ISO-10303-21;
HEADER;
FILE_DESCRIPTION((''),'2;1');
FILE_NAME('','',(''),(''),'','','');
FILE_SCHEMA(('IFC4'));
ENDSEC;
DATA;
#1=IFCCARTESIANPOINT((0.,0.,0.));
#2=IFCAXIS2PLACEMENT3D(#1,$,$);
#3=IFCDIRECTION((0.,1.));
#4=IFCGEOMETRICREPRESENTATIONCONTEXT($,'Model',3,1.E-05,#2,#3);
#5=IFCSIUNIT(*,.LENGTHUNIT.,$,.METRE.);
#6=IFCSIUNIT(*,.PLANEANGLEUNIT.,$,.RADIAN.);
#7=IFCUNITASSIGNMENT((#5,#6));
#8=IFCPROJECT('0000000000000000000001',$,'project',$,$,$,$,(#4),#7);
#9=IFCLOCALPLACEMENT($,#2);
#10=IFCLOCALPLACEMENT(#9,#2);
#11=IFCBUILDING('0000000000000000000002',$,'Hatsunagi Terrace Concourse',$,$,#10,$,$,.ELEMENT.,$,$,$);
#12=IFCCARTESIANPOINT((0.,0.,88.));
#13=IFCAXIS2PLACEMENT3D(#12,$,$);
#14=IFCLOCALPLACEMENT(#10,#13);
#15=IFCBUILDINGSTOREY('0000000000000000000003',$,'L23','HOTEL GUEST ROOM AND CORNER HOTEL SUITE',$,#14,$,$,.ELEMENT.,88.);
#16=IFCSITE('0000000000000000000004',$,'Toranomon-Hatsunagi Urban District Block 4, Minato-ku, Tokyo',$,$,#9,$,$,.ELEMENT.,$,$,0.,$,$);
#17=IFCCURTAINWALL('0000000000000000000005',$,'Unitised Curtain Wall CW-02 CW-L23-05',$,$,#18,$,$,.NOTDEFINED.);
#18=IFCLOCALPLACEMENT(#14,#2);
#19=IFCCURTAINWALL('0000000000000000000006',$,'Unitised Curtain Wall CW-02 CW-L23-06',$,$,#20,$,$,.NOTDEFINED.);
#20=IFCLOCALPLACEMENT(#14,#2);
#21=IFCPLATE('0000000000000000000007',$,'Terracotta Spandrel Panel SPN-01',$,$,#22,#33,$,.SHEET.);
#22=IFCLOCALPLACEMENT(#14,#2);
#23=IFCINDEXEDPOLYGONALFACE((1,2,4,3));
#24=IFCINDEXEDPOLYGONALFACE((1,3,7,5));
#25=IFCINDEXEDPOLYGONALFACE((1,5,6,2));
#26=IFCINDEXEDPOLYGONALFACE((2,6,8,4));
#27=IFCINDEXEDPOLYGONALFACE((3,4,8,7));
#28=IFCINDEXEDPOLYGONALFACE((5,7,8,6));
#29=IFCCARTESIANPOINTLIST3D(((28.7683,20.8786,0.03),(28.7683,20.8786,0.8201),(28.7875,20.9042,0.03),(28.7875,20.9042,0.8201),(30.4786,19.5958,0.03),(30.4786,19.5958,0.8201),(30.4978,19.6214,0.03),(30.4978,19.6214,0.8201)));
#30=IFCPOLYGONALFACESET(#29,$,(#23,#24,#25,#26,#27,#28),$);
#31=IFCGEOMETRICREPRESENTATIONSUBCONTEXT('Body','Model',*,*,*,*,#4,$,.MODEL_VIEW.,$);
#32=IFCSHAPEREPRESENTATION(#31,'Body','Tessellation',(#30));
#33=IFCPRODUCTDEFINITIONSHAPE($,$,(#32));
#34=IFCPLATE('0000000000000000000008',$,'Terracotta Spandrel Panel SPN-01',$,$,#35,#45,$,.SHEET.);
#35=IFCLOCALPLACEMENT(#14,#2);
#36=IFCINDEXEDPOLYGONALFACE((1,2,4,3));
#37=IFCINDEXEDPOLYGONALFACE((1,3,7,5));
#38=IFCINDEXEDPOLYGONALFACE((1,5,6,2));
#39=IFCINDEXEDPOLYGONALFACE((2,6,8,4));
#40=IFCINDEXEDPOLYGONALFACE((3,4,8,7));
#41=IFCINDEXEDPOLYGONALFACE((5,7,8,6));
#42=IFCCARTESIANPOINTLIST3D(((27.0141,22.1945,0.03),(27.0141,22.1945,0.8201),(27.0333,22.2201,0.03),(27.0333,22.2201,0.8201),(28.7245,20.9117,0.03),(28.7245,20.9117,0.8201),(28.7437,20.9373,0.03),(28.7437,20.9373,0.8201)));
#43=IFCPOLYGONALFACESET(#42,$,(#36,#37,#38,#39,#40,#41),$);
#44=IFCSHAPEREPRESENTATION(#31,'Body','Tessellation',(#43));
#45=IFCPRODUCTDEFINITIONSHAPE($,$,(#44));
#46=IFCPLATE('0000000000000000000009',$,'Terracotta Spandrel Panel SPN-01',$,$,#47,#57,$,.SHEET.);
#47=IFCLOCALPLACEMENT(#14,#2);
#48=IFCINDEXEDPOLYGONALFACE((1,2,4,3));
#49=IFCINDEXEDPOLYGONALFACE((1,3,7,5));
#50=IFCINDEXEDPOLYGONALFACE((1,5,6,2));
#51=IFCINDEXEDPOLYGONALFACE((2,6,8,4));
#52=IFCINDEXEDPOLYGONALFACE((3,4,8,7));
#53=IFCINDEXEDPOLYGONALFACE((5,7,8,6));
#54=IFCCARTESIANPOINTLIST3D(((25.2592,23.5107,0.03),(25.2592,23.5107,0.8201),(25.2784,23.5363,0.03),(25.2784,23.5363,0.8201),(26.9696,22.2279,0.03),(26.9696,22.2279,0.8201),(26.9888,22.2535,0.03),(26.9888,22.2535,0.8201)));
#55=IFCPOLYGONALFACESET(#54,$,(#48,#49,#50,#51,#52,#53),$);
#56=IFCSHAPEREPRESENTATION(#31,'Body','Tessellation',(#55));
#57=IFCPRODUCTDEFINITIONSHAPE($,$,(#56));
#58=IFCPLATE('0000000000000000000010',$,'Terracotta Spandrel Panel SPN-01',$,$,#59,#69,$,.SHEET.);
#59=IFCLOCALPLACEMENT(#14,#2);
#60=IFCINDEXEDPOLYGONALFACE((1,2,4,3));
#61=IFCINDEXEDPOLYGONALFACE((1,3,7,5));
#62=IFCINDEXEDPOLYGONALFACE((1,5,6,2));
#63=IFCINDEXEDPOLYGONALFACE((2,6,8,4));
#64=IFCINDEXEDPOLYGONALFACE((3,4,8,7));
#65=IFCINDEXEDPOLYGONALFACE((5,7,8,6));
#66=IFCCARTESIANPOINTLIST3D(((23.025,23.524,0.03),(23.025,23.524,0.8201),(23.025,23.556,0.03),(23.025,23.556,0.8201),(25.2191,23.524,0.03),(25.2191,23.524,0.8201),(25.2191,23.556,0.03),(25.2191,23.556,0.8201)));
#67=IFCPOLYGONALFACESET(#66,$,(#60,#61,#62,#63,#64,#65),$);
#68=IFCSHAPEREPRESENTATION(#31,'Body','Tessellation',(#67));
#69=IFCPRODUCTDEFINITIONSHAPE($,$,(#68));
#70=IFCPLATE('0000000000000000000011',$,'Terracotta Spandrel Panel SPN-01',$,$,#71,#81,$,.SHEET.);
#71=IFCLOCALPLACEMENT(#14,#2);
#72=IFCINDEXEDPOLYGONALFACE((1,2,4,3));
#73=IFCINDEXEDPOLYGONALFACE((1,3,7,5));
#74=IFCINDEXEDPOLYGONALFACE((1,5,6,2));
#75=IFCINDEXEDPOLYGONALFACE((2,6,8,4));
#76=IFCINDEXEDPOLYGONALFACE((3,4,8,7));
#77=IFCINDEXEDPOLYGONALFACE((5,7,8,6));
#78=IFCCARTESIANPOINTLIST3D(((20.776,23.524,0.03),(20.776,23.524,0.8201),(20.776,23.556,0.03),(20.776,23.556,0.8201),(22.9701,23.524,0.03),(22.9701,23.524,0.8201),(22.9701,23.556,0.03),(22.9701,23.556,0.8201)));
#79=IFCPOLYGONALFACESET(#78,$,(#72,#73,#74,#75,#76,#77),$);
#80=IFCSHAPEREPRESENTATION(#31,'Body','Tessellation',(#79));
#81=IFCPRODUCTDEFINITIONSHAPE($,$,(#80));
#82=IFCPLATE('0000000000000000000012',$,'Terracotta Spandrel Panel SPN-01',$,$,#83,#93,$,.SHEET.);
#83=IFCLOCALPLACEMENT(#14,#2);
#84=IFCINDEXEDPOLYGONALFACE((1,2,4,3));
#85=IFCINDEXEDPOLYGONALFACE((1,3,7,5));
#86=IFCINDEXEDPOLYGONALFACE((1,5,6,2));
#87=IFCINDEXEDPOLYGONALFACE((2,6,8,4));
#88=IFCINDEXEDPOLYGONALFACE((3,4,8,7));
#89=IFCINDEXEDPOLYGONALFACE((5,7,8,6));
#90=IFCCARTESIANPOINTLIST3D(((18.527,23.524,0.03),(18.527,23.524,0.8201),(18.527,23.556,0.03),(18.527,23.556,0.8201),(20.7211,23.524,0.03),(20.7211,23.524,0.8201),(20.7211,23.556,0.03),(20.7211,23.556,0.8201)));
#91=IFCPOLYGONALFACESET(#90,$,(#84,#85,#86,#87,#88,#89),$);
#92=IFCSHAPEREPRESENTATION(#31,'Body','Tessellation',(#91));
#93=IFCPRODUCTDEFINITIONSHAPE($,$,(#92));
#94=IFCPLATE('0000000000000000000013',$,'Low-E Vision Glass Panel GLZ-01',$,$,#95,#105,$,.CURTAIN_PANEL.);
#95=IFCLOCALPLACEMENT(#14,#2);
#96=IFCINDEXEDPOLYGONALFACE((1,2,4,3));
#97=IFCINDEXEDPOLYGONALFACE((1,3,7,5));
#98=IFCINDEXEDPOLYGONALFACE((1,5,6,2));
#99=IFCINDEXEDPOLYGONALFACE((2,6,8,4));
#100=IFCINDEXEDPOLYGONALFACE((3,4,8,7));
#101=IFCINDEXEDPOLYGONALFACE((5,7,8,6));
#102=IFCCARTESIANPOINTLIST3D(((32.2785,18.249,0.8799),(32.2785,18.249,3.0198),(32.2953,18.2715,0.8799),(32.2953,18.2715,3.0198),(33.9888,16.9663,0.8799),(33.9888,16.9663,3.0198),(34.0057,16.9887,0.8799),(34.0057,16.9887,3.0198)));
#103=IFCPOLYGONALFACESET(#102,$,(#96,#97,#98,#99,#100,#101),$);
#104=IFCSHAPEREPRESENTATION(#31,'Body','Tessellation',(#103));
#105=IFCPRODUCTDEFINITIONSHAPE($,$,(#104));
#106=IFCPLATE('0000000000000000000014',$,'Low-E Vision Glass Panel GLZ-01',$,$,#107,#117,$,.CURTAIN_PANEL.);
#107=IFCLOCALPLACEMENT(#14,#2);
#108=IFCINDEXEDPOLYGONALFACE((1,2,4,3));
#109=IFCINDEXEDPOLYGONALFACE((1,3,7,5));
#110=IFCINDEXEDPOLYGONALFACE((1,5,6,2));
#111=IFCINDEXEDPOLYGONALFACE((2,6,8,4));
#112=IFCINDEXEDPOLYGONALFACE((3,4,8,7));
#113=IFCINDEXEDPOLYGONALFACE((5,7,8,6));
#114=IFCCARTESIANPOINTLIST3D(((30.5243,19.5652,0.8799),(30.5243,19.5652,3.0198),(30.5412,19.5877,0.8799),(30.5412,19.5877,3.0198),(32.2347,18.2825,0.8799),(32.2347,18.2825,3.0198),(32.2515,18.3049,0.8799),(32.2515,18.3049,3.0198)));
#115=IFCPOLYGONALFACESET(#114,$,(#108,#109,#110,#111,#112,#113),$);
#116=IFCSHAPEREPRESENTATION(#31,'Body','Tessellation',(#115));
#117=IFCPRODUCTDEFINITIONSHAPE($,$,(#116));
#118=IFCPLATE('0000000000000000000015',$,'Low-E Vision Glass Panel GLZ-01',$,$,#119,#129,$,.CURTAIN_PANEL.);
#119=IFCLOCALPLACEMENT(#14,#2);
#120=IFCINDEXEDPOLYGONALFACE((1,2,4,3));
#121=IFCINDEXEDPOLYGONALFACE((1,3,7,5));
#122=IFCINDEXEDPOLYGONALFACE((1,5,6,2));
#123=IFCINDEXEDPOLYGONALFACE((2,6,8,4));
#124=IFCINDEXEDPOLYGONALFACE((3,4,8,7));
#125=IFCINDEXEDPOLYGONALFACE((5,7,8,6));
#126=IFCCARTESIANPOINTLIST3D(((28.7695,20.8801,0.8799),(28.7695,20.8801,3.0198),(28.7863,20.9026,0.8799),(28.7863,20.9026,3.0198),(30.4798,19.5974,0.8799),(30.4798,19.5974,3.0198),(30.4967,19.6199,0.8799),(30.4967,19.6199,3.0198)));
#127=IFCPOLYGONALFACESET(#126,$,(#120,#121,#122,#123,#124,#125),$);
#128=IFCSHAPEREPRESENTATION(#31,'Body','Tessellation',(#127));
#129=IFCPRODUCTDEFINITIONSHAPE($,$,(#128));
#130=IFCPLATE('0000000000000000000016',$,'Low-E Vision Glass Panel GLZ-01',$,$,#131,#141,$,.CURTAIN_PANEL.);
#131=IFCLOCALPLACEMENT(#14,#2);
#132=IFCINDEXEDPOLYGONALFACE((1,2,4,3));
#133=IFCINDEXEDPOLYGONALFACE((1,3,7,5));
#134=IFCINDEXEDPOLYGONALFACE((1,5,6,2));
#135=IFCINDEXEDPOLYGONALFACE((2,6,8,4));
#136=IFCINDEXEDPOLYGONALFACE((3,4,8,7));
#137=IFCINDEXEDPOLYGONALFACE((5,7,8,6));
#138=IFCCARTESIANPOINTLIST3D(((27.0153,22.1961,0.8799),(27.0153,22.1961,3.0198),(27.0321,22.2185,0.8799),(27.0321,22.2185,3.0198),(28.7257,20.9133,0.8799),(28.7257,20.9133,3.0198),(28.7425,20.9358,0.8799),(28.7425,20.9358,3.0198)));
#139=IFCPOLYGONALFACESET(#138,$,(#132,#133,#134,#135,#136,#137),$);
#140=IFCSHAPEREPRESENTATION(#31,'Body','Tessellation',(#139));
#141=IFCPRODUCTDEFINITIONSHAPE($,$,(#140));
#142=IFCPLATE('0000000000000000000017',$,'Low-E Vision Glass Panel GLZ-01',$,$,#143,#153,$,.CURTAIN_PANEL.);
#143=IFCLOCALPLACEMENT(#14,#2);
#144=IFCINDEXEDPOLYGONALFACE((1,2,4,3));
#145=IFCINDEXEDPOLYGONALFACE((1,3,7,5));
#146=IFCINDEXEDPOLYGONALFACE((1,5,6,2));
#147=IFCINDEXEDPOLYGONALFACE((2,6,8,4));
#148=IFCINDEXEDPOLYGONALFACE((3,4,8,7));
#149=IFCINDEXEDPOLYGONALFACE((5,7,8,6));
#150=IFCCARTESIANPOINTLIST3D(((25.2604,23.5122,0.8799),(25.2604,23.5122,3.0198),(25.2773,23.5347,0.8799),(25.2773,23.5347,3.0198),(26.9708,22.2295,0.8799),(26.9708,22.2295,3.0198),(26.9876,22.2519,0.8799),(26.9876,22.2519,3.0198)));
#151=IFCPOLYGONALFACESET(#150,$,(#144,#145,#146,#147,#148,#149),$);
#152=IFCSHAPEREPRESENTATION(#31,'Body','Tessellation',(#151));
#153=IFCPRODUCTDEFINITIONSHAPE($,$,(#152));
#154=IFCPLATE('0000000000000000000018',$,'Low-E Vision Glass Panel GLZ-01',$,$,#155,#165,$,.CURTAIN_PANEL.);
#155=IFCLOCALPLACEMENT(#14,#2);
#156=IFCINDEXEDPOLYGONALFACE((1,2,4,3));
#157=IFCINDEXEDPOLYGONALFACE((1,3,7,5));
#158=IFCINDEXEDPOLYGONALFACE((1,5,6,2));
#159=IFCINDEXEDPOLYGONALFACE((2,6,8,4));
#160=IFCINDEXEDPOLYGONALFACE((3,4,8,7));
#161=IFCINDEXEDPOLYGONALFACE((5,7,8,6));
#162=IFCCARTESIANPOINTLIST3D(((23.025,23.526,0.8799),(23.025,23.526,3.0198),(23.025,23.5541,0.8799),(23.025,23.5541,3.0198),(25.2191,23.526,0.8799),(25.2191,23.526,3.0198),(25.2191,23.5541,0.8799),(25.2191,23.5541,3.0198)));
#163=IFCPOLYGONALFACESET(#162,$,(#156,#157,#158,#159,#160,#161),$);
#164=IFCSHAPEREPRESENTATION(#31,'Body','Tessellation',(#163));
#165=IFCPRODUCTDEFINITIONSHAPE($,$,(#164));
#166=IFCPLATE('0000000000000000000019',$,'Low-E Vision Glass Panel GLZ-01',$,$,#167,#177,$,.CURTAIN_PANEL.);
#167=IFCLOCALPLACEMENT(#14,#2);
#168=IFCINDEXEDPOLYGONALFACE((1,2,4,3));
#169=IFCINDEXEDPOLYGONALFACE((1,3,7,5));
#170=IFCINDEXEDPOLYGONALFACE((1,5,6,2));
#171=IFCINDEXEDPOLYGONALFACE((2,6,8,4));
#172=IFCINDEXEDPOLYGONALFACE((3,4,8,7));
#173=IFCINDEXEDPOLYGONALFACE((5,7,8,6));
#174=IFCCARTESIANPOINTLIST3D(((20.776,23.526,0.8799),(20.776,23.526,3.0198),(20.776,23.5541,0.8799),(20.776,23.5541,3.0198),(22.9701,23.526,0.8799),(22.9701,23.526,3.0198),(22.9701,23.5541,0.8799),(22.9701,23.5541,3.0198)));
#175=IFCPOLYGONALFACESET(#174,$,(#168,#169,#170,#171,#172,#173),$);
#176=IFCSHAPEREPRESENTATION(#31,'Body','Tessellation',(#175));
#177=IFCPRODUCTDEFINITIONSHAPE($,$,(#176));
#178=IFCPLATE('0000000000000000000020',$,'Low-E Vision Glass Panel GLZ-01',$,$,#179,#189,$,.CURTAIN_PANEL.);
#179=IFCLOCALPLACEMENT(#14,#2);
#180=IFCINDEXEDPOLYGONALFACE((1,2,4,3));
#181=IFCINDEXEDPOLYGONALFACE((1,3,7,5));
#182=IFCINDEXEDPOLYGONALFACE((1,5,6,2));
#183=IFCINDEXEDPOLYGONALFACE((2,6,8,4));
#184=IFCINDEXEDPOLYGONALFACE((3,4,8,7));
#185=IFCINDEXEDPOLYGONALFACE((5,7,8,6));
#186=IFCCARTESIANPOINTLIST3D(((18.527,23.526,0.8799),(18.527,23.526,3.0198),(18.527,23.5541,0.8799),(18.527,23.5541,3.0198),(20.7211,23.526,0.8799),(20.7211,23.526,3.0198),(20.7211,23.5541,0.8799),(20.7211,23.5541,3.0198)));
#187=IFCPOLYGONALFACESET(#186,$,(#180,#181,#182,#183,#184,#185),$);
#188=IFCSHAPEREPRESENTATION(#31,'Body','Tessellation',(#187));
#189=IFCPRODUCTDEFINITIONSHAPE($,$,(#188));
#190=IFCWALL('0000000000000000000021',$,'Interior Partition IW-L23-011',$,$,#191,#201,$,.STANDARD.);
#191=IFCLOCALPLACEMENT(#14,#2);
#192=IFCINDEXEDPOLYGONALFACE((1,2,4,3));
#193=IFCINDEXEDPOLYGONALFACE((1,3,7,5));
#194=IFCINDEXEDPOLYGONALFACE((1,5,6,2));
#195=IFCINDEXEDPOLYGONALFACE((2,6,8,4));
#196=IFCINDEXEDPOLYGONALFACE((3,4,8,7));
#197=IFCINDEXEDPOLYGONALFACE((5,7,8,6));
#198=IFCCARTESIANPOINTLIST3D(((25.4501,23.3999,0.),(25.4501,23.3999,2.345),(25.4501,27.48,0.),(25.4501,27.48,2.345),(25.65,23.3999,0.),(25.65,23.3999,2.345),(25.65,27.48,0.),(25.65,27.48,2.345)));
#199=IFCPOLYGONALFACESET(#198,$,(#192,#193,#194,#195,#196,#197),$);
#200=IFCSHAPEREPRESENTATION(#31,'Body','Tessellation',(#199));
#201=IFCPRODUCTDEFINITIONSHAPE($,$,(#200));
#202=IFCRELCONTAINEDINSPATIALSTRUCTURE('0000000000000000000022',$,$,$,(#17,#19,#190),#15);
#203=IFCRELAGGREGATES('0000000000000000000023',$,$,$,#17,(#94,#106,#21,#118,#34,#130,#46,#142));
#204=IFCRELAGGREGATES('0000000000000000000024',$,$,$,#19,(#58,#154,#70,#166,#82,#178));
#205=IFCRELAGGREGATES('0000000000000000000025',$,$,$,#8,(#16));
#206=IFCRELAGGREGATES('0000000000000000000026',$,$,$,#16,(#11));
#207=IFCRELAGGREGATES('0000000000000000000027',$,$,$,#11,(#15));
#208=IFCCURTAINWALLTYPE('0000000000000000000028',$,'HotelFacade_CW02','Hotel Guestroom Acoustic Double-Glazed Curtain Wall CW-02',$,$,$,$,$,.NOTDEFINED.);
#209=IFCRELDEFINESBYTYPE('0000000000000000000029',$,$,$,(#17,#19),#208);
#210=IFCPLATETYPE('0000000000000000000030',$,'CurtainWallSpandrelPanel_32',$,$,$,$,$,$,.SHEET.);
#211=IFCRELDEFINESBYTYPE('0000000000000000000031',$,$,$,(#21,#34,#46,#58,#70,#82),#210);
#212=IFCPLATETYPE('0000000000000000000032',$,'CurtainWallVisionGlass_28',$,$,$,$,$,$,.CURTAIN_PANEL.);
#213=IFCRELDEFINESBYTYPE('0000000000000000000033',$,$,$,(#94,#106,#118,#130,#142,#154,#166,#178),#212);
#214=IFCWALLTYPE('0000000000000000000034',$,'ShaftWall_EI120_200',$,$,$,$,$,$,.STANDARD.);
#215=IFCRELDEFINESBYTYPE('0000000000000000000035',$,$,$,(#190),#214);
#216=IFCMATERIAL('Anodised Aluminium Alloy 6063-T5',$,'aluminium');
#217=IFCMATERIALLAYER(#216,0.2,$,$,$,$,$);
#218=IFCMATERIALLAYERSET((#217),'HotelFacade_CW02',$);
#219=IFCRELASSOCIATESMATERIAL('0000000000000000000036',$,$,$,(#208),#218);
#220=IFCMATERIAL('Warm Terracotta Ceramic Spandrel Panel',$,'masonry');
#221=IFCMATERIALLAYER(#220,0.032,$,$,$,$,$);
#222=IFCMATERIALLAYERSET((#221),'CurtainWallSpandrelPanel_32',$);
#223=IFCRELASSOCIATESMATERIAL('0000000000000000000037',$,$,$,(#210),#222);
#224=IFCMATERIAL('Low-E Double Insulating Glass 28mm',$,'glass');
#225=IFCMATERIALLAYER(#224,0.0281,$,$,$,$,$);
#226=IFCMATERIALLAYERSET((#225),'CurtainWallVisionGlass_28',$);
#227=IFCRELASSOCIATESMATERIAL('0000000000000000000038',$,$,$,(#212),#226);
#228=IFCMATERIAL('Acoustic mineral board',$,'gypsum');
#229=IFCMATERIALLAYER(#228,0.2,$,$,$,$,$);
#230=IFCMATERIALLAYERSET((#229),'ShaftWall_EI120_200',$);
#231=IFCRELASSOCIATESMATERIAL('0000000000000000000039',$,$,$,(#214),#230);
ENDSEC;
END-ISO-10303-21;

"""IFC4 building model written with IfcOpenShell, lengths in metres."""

from ifc_helpers import new_model, si_unit, direction, frame, frame_2d, origin, origin_2d, place, context, subcontext, project, spatial, rectangle, extrude, material, layer, layer_set, type_object, element, aggregate, save


model = new_model("IFC4")

# Units and contexts
model_context = context("Model", 3, precision=1e-05, world=origin(), true_north=direction((0.0, 1.0)))
body_context = subcontext(model_context, "Body", "Model", "MODEL_VIEW")
ifc_project = project(units=[si_unit("LENGTHUNIT", "METRE"), si_unit("PLANEANGLEUNIT", "RADIAN")], contexts=[model_context])

# Site, building, storey
site_placement = place(None, origin())
site = spatial("IfcSite", under=ifc_project, at=site_placement, Name="Toranomon-Hatsunagi Urban District Block 4, Minato-ku, Tokyo", CompositionType="ELEMENT", RefElevation=0.0)
building_placement = place(site_placement, origin())
building = spatial("IfcBuilding", under=site, at=building_placement, Name="Hatsunagi Terrace Concourse", CompositionType="ELEMENT")
storey_placement = place(building_placement, frame((0.0, 0.0, 88.0)))
storey = spatial("IfcBuildingStorey", under=building, at=storey_placement, Name="L23", Description="HOTEL GUEST ROOM AND CORNER HOTEL SUITE", CompositionType="ELEMENT", Elevation=88.0)

# Curtain walls
ifc_material_1 = material(Name="Anodised Aluminium Alloy 6063-T5", Category="aluminium")
ifc_layer_1 = layer(ifc_material_1, 0.2)
ifc_layer_set_1 = layer_set([ifc_layer_1], Name="HotelFacade_CW02")
curtain_wall_type = type_object("IfcCurtainWallType", Name="HotelFacade_CW02", Description="Hotel Guestroom Acoustic Double-Glazed Curtain Wall CW-02", PredefinedType="NOTDEFINED", material=ifc_layer_set_1)
curtain_wall_1_placement = place(storey_placement, origin())
curtain_wall_1 = element("IfcCurtainWall", 1, at=curtain_wall_1_placement, inside=storey, type_object=curtain_wall_type, Name="Unitised Curtain Wall CW-02 CW-L23-05", PredefinedType="NOTDEFINED")
curtain_wall_2_placement = place(storey_placement, origin())
curtain_wall_2 = element("IfcCurtainWall", 2, at=curtain_wall_2_placement, inside=storey, type_object=curtain_wall_type, Name="Unitised Curtain Wall CW-02 CW-L23-06", PredefinedType="NOTDEFINED")

# Plates
ifc_material_2 = material(Name="Warm Terracotta Ceramic Spandrel Panel", Category="masonry")
ifc_layer_2 = layer(ifc_material_2, 0.032)
ifc_layer_set_2 = layer_set([ifc_layer_2], Name="CurtainWallSpandrelPanel_32")
plate_type_1 = type_object("IfcPlateType", Name="CurtainWallSpandrelPanel_32", PredefinedType="SHEET", material=ifc_layer_set_2)
plate_1_placement = place(storey_placement, frame((29.6331, 20.25, 0.03), z_axis=(0.0, 0.0, 1.0), x_axis=(-0.800003, 0.599996, 0.0)))
plate_1 = element("IfcPlate", 3, at=plate_1_placement, type_object=plate_type_1, Name="Terracotta Spandrel Panel SPN-01", PredefinedType="SHEET", context=body_context, shape_type="SweptSolid", body=[
    extrude(rectangle(XDim=2.1379, YDim=0.032, at=origin_2d()), origin(), (0.0, 0.0, 1.0), 0.79),
])
plate_2_placement = place(storey_placement, frame((27.8789, 21.5659, 0.03), z_axis=(0.0, 0.0, 1.0), x_axis=(-0.800003, 0.599996, 0.0)))
plate_2 = element("IfcPlate", 4, at=plate_2_placement, type_object=plate_type_1, Name="Terracotta Spandrel Panel SPN-01", PredefinedType="SHEET", context=body_context, shape_type="SweptSolid", body=[
    extrude(rectangle(XDim=2.1379, YDim=0.032, at=origin_2d()), origin(), (0.0, 0.0, 1.0), 0.79),
])
plate_3_placement = place(storey_placement, frame((26.124, 22.8821, 0.03), z_axis=(0.0, 0.0, 1.0), x_axis=(-0.800003, 0.599996, 0.0)))
plate_3 = element("IfcPlate", 5, at=plate_3_placement, type_object=plate_type_1, Name="Terracotta Spandrel Panel SPN-01", PredefinedType="SHEET", context=body_context, shape_type="SweptSolid", body=[
    extrude(rectangle(XDim=2.1379, YDim=0.032, at=origin_2d()), origin(), (0.0, 0.0, 1.0), 0.79),
])
plate_4_placement = place(storey_placement, frame((24.1221, 23.54, 0.03), z_axis=(0.0, 0.0, 1.0), x_axis=(-1.0, 0.0, 0.0)))
plate_4 = element("IfcPlate", 6, at=plate_4_placement, type_object=plate_type_1, Name="Terracotta Spandrel Panel SPN-01", PredefinedType="SHEET", context=body_context, shape_type="SweptSolid", body=[
    extrude(rectangle(XDim=2.1941, YDim=0.032, at=origin_2d()), origin(), (0.0, 0.0, 1.0), 0.79),
])
plate_5_placement = place(storey_placement, frame((21.873, 23.54, 0.03), z_axis=(0.0, 0.0, 1.0), x_axis=(-1.0, 0.0, 0.0)))
plate_5 = element("IfcPlate", 7, at=plate_5_placement, type_object=plate_type_1, Name="Terracotta Spandrel Panel SPN-01", PredefinedType="SHEET", context=body_context, shape_type="SweptSolid", body=[
    extrude(rectangle(XDim=2.1941, YDim=0.032, at=origin_2d()), origin(), (0.0, 0.0, 1.0), 0.79),
])
plate_6_placement = place(storey_placement, frame((19.624, 23.54, 0.03), z_axis=(0.0, 0.0, 1.0), x_axis=(-1.0, 0.0, 0.0)))
plate_6 = element("IfcPlate", 8, at=plate_6_placement, type_object=plate_type_1, Name="Terracotta Spandrel Panel SPN-01", PredefinedType="SHEET", context=body_context, shape_type="SweptSolid", body=[
    extrude(rectangle(XDim=2.1941, YDim=0.032, at=origin_2d()), origin(), (0.0, 0.0, 1.0), 0.79),
])
ifc_material_3 = material(Name="Low-E Double Insulating Glass 28mm", Category="glass")
ifc_layer_3 = layer(ifc_material_3, 0.0281)
ifc_layer_set_3 = layer_set([ifc_layer_3], Name="CurtainWallVisionGlass_28")
plate_type_2 = type_object("IfcPlateType", Name="CurtainWallVisionGlass_28", PredefinedType="CURTAIN_PANEL", material=ifc_layer_set_3)
plate_7_placement = place(storey_placement, frame((33.1421, 17.6189, 0.8799), z_axis=(0.0, 0.0, 1.0), x_axis=(-0.800003, 0.599996, 0.0)))
plate_7 = element("IfcPlate", 9, at=plate_7_placement, type_object=plate_type_2, Name="Low-E Vision Glass Panel GLZ-01", PredefinedType="CURTAIN_PANEL", context=body_context, shape_type="SweptSolid", body=[
    extrude(rectangle(XDim=2.1379, YDim=0.0281, at=origin_2d()), origin(), (0.0, 0.0, 1.0), 2.1399),
])
plate_8_placement = place(storey_placement, frame((31.3879, 18.9351, 0.8799), z_axis=(0.0, 0.0, 1.0), x_axis=(-0.800003, 0.599996, 0.0)))
plate_8 = element("IfcPlate", 10, at=plate_8_placement, type_object=plate_type_2, Name="Low-E Vision Glass Panel GLZ-01", PredefinedType="CURTAIN_PANEL", context=body_context, shape_type="SweptSolid", body=[
    extrude(rectangle(XDim=2.1379, YDim=0.0281, at=origin_2d()), origin(), (0.0, 0.0, 1.0), 2.1399),
])
plate_9_placement = place(storey_placement, frame((29.6331, 20.25, 0.8799), z_axis=(0.0, 0.0, 1.0), x_axis=(-0.800003, 0.599996, 0.0)))
plate_9 = element("IfcPlate", 11, at=plate_9_placement, type_object=plate_type_2, Name="Low-E Vision Glass Panel GLZ-01", PredefinedType="CURTAIN_PANEL", context=body_context, shape_type="SweptSolid", body=[
    extrude(rectangle(XDim=2.1379, YDim=0.0281, at=origin_2d()), origin(), (0.0, 0.0, 1.0), 2.1399),
])
plate_10_placement = place(storey_placement, frame((27.8789, 21.5659, 0.8799), z_axis=(0.0, 0.0, 1.0), x_axis=(-0.800003, 0.599996, 0.0)))
plate_10 = element("IfcPlate", 12, at=plate_10_placement, type_object=plate_type_2, Name="Low-E Vision Glass Panel GLZ-01", PredefinedType="CURTAIN_PANEL", context=body_context, shape_type="SweptSolid", body=[
    extrude(rectangle(XDim=2.1379, YDim=0.0281, at=origin_2d()), origin(), (0.0, 0.0, 1.0), 2.1399),
])
plate_11_placement = place(storey_placement, frame((26.124, 22.8821, 0.8799), z_axis=(0.0, 0.0, 1.0), x_axis=(-0.800003, 0.599996, 0.0)))
plate_11 = element("IfcPlate", 13, at=plate_11_placement, type_object=plate_type_2, Name="Low-E Vision Glass Panel GLZ-01", PredefinedType="CURTAIN_PANEL", context=body_context, shape_type="SweptSolid", body=[
    extrude(rectangle(XDim=2.1379, YDim=0.0281, at=origin_2d()), origin(), (0.0, 0.0, 1.0), 2.1399),
])
aggregate(curtain_wall_1, [plate_7, plate_8, plate_1, plate_9, plate_2, plate_10, plate_3, plate_11])
plate_12_placement = place(storey_placement, frame((24.1221, 23.54, 0.8799), z_axis=(0.0, 0.0, 1.0), x_axis=(-1.0, 0.0, 0.0)))
plate_12 = element("IfcPlate", 14, at=plate_12_placement, type_object=plate_type_2, Name="Low-E Vision Glass Panel GLZ-01", PredefinedType="CURTAIN_PANEL", context=body_context, shape_type="SweptSolid", body=[
    extrude(rectangle(XDim=2.1941, YDim=0.0281, at=origin_2d()), origin(), (0.0, 0.0, 1.0), 2.1399),
])
plate_13_placement = place(storey_placement, frame((21.873, 23.54, 0.8799), z_axis=(0.0, 0.0, 1.0), x_axis=(-1.0, 0.0, 0.0)))
plate_13 = element("IfcPlate", 15, at=plate_13_placement, type_object=plate_type_2, Name="Low-E Vision Glass Panel GLZ-01", PredefinedType="CURTAIN_PANEL", context=body_context, shape_type="SweptSolid", body=[
    extrude(rectangle(XDim=2.1941, YDim=0.0281, at=origin_2d()), origin(), (0.0, 0.0, 1.0), 2.1399),
])
plate_14_placement = place(storey_placement, frame((19.624, 23.54, 0.8799), z_axis=(0.0, 0.0, 1.0), x_axis=(-1.0, 0.0, 0.0)))
plate_14 = element("IfcPlate", 16, at=plate_14_placement, type_object=plate_type_2, Name="Low-E Vision Glass Panel GLZ-01", PredefinedType="CURTAIN_PANEL", context=body_context, shape_type="SweptSolid", body=[
    extrude(rectangle(XDim=2.1941, YDim=0.0281, at=origin_2d()), origin(), (0.0, 0.0, 1.0), 2.1399),
])
aggregate(curtain_wall_2, [plate_4, plate_12, plate_5, plate_13, plate_6, plate_14])

# Wall
ifc_material_4 = material(Name="Acoustic mineral board", Category="gypsum")
ifc_layer_4 = layer(ifc_material_4, 0.2)
ifc_layer_set_4 = layer_set([ifc_layer_4], Name="ShaftWall_EI120_200")
wall_type = type_object("IfcWallType", Name="ShaftWall_EI120_200", PredefinedType="STANDARD", material=ifc_layer_set_4)
wall_placement = place(storey_placement, frame((25.55, 23.3999, 0.0), z_axis=(0.0, 0.0, 1.0), x_axis=(0.0, 1.0, 0.0)))
element("IfcWall", 17, at=wall_placement, inside=storey, type_object=wall_type, Name="Interior Partition IW-L23-011", PredefinedType="STANDARD", context=body_context, shape_type="SweptSolid", body=[
    extrude(rectangle(XDim=4.0801, YDim=0.2, at=frame_2d((2.04, 0.0))), origin(), (0.0, 0.0, 1.0), 2.345),
])

save(model, "model.ifc")
